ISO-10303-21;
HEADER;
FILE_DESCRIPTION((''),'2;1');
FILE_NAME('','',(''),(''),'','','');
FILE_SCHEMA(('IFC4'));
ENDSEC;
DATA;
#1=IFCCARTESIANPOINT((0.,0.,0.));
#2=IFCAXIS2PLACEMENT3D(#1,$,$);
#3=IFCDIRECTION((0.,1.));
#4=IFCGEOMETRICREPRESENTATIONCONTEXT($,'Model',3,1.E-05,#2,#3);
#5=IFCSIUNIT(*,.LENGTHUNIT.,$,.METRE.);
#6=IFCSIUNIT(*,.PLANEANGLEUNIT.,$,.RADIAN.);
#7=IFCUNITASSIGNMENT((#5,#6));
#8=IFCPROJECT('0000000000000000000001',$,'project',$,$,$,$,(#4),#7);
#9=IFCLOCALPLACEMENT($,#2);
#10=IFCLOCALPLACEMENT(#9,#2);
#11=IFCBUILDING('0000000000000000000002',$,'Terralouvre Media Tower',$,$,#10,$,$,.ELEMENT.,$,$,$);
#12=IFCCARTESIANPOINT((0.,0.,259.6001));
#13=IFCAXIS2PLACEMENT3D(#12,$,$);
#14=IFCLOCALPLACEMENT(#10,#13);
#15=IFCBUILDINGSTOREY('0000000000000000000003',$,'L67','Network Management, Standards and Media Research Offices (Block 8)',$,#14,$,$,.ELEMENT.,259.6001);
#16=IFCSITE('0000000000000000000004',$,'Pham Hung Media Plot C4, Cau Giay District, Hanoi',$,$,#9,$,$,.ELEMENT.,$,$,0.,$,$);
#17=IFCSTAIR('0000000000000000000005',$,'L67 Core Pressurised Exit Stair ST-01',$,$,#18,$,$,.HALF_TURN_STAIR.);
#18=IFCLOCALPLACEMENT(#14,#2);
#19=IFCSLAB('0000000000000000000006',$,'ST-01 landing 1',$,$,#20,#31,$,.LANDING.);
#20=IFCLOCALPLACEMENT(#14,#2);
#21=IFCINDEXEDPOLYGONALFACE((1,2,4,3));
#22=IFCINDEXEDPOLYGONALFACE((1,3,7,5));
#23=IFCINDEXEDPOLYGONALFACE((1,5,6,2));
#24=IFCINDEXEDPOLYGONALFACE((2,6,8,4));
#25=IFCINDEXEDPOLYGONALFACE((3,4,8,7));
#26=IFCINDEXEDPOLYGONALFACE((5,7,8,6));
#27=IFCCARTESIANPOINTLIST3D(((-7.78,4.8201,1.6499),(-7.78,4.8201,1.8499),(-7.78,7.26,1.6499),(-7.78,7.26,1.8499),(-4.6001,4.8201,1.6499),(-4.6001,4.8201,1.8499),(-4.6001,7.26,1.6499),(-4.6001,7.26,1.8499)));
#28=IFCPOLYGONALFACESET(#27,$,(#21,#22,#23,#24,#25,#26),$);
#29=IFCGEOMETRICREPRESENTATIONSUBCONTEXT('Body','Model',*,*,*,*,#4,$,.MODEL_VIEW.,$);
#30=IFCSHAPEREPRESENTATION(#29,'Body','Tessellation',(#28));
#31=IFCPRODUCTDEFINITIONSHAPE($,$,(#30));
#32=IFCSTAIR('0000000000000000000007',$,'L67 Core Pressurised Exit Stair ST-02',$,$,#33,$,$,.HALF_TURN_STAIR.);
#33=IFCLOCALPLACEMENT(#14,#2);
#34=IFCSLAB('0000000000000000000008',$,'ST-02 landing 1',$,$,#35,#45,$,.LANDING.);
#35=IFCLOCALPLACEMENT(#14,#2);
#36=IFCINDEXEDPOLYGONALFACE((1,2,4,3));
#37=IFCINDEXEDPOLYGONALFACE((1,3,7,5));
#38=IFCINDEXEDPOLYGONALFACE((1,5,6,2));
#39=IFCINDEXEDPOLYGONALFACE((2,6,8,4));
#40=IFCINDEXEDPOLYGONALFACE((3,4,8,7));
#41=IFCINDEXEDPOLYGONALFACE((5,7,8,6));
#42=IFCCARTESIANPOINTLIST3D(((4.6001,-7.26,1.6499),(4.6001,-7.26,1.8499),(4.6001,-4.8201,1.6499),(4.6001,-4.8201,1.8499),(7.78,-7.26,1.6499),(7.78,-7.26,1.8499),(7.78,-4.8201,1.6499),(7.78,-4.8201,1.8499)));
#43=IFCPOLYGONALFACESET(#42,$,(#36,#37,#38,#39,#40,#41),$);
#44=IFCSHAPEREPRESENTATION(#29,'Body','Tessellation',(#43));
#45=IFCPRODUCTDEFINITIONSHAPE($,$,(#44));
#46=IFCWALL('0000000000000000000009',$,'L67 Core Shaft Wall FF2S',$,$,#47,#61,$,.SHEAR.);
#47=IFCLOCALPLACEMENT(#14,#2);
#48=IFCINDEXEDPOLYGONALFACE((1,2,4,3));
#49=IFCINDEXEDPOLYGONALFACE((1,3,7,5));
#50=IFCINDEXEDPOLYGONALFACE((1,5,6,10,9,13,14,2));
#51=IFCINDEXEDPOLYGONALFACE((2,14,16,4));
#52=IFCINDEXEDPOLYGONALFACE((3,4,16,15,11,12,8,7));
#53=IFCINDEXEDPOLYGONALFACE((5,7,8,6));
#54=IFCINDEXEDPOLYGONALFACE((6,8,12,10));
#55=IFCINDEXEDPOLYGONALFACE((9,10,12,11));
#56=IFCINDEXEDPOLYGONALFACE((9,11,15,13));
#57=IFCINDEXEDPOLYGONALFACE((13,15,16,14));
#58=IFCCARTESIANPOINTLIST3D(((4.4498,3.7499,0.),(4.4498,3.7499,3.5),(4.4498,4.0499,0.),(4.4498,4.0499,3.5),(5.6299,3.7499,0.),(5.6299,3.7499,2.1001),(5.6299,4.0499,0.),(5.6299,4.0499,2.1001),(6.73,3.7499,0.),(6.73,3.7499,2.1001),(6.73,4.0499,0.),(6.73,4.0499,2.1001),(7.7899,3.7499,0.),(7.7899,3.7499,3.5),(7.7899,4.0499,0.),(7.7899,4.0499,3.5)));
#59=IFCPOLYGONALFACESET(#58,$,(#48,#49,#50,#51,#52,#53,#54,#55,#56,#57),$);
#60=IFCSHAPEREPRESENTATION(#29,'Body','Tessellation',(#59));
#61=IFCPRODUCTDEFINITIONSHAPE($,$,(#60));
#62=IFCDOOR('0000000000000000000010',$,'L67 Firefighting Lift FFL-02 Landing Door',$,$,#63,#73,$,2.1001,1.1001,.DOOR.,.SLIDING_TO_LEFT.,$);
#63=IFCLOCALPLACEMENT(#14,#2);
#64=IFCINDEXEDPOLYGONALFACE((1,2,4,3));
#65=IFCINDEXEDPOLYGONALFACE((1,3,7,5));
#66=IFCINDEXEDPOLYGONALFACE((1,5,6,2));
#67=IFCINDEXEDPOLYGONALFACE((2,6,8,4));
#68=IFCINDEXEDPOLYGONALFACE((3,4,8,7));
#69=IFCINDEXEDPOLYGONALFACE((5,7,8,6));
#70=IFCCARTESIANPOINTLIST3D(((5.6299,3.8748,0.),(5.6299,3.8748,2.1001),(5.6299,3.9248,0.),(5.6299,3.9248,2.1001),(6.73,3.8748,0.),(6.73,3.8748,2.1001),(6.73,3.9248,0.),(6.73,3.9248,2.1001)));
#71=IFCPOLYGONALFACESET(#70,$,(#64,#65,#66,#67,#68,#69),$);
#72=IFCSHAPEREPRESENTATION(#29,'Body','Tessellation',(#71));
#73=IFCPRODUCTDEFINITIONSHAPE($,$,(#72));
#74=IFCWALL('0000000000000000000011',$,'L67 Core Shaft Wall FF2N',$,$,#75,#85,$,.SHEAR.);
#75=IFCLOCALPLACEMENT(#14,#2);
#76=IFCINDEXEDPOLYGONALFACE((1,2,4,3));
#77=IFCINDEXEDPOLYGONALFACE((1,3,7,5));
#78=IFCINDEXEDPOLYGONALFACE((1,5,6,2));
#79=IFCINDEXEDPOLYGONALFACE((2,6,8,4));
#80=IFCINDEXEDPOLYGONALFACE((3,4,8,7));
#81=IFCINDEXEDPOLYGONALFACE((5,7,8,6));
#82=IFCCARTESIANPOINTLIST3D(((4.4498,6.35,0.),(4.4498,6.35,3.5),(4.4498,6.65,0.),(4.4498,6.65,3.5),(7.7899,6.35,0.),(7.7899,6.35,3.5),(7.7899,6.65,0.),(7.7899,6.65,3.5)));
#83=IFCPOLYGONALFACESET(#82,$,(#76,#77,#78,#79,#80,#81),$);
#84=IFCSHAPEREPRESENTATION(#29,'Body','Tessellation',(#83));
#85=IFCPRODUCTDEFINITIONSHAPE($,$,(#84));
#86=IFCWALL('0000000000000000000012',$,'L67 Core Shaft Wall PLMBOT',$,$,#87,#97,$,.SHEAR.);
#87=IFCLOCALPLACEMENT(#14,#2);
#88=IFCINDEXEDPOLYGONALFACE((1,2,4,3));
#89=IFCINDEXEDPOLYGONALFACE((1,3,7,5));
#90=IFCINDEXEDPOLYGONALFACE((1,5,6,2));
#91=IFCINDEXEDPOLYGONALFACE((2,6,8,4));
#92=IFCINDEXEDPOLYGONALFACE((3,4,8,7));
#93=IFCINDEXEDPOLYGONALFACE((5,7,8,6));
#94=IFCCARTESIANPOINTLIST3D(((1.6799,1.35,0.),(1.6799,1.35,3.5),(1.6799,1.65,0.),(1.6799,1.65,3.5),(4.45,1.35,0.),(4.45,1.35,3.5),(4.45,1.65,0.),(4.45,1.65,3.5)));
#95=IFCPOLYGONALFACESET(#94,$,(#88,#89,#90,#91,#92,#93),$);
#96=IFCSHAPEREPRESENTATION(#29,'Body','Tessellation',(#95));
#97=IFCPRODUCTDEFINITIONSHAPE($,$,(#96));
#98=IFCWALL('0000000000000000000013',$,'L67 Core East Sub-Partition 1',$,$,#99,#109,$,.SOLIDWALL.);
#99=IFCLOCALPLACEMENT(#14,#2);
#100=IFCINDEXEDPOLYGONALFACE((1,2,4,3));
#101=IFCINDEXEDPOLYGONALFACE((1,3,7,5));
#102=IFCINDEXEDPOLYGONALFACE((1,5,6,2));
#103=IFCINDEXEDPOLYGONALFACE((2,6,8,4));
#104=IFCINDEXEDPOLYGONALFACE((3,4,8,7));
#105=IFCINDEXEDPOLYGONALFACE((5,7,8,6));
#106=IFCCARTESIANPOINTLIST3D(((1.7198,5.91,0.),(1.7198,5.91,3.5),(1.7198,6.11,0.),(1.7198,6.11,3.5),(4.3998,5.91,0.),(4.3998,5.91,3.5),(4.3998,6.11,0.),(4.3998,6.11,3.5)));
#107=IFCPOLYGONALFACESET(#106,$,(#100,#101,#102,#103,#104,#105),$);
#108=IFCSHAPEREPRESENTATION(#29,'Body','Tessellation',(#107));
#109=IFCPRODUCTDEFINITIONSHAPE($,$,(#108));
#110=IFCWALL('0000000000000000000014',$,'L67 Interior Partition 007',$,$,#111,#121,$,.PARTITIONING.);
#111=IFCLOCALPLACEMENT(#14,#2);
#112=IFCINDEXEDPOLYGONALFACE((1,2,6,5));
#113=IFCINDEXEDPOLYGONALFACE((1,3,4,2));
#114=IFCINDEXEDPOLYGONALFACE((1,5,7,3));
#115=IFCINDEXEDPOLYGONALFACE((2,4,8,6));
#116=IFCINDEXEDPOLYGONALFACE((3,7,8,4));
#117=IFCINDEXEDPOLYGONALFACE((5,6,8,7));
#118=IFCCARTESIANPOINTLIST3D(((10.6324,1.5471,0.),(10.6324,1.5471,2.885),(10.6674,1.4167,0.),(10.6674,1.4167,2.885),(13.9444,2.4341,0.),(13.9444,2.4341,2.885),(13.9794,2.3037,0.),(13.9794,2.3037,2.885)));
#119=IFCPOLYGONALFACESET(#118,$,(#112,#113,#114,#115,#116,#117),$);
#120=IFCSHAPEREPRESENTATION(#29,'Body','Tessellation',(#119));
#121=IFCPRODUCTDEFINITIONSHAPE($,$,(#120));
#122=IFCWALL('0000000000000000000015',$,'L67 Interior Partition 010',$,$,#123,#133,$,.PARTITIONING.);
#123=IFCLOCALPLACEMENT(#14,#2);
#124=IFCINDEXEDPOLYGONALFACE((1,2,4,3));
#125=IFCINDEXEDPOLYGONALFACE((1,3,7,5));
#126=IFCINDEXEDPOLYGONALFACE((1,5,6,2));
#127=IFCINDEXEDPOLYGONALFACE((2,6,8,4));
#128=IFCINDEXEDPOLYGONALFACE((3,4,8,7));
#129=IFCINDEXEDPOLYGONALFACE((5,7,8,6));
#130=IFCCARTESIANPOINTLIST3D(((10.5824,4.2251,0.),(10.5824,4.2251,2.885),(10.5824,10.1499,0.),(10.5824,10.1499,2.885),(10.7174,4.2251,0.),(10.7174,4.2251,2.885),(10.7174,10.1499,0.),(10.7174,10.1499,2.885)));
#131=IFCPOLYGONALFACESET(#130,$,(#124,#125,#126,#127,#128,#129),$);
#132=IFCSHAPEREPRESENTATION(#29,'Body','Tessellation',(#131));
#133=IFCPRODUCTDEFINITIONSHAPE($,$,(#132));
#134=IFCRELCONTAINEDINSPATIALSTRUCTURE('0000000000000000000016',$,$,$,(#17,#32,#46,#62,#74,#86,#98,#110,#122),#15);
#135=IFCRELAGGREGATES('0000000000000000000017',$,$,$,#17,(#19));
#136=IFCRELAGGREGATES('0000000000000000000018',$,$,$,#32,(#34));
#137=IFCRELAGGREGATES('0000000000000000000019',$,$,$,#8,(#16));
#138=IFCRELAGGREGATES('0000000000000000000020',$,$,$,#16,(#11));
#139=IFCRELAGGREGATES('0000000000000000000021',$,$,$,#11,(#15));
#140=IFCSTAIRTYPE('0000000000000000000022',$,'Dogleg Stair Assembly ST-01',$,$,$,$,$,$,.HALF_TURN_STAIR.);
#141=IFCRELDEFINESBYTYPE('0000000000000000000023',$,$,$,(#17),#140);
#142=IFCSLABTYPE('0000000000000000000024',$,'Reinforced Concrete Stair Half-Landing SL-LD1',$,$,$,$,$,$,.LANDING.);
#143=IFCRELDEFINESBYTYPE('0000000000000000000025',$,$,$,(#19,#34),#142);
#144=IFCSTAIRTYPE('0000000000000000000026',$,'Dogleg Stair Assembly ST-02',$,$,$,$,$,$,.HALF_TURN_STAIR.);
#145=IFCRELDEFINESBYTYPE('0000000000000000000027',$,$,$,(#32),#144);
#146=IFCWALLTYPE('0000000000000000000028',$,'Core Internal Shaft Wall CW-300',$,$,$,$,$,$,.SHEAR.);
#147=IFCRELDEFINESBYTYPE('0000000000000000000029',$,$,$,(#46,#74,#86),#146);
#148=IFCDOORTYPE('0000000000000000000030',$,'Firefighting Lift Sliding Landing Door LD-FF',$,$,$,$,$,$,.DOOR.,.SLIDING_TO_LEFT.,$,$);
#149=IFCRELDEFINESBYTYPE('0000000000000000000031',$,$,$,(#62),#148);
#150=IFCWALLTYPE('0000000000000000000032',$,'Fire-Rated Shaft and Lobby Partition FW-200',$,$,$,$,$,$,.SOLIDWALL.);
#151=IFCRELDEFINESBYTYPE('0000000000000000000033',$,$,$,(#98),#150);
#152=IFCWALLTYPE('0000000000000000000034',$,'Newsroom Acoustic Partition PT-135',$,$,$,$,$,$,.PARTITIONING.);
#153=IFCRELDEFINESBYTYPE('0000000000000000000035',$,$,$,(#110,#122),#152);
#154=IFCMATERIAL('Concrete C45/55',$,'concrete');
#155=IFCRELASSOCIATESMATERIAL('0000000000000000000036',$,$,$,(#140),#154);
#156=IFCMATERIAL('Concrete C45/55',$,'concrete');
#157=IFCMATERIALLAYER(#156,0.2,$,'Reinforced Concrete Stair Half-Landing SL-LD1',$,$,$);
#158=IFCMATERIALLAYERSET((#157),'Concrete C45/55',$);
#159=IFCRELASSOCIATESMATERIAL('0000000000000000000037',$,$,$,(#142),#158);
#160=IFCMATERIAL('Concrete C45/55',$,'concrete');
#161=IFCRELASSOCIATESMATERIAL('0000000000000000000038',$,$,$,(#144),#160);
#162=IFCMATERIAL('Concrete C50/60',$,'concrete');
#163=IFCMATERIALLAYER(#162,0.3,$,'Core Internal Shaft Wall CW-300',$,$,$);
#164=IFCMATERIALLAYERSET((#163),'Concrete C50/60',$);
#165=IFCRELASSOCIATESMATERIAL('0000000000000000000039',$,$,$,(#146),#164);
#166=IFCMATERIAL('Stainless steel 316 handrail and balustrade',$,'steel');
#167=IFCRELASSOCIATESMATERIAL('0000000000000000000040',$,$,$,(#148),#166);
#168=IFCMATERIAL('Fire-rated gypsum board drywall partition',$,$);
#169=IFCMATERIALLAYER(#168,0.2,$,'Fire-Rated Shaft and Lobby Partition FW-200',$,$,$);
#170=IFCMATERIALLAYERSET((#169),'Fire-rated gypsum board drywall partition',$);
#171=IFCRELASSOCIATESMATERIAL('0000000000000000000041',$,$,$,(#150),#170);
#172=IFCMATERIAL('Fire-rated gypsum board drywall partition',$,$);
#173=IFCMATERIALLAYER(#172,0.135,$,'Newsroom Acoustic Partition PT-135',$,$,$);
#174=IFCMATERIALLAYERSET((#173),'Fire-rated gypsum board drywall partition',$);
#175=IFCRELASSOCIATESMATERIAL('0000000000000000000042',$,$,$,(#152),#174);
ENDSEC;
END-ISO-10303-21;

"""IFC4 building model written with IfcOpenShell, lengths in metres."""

from ifc_helpers import new_model, si_unit, direction, frame, frame_2d, origin, place, context, subcontext, project, spatial, polyline, rectangle, outline, extrude, material, layer, layer_set, type_object, element, fill, aggregate, save


model = new_model("IFC4")

# Units and contexts
model_context = context("Model", 3, precision=1e-05, world=origin(), true_north=direction((0.0, 1.0)))
body_context = subcontext(model_context, "Body", "Model", "MODEL_VIEW")
ifc_project = project(units=[si_unit("LENGTHUNIT", "METRE"), si_unit("PLANEANGLEUNIT", "RADIAN")], contexts=[model_context])

# Site, building, storey
site_placement = place(None, origin())
site = spatial("IfcSite", under=ifc_project, at=site_placement, Name="Pham Hung Media Plot C4, Cau Giay District, Hanoi", CompositionType="ELEMENT", RefElevation=0.0)
building_placement = place(site_placement, origin())
building = spatial("IfcBuilding", under=site, at=building_placement, Name="Terralouvre Media Tower", CompositionType="ELEMENT")
storey_placement = place(building_placement, frame((0.0, 0.0, 259.6001)))
storey = spatial("IfcBuildingStorey", under=building, at=storey_placement, Name="L67", Description="Network Management, Standards and Media Research Offices (Block 8)", CompositionType="ELEMENT", Elevation=259.6001)

# Stairs, slabs
ifc_material_1 = material(Name="Concrete C45/55", Category="concrete")
stair_type_1 = type_object("IfcStairType", Name="Dogleg Stair Assembly ST-01", PredefinedType="HALF_TURN_STAIR", material=ifc_material_1)
stair_1_placement = place(storey_placement, origin())
stair_1 = element("IfcStair", 1, at=stair_1_placement, inside=storey, type_object=stair_type_1, Name="L67 Core Pressurised Exit Stair ST-01", PredefinedType="HALF_TURN_STAIR")
ifc_material_2 = material(Name="Concrete C45/55", Category="concrete")
ifc_layer_1 = layer(ifc_material_2, 0.2, Name="Reinforced Concrete Stair Half-Landing SL-LD1")
ifc_layer_set_1 = layer_set([ifc_layer_1], Name="Concrete C45/55")
slab_type = type_object("IfcSlabType", Name="Reinforced Concrete Stair Half-Landing SL-LD1", PredefinedType="LANDING", material=ifc_layer_set_1)
slab_1_placement = place(storey_placement, frame((0.0, 0.0, 1.6499)))
slab_1 = element("IfcSlab", 2, at=slab_1_placement, type_object=slab_type, Name="ST-01 landing 1", PredefinedType="LANDING", context=body_context, shape_type="SweptSolid", body=[
    extrude(outline(polyline([(-4.6001, 4.8201), (-4.6001, 7.26), (-7.78, 7.26), (-7.78, 4.8201), (-4.6001, 4.8201)])), origin(), (0.0, 0.0, 1.0), 0.2),
])
aggregate(stair_1, [slab_1])
ifc_material_3 = material(Name="Concrete C45/55", Category="concrete")
stair_type_2 = type_object("IfcStairType", Name="Dogleg Stair Assembly ST-02", PredefinedType="HALF_TURN_STAIR", material=ifc_material_3)
stair_2_placement = place(storey_placement, origin())
stair_2 = element("IfcStair", 3, at=stair_2_placement, inside=storey, type_object=stair_type_2, Name="L67 Core Pressurised Exit Stair ST-02", PredefinedType="HALF_TURN_STAIR")
slab_2_placement = place(storey_placement, frame((0.0, 0.0, 1.6499)))
slab_2 = element("IfcSlab", 4, at=slab_2_placement, type_object=slab_type, Name="ST-02 landing 1", PredefinedType="LANDING", context=body_context, shape_type="SweptSolid", body=[
    extrude(outline(polyline([(4.6001, -4.8201), (4.6001, -7.26), (7.78, -7.26), (7.78, -4.8201), (4.6001, -4.8201)])), origin(), (0.0, 0.0, 1.0), 0.2),
])
aggregate(stair_2, [slab_2])

# Wall, opening, door
ifc_material_4 = material(Name="Concrete C50/60", Category="concrete")
ifc_layer_2 = layer(ifc_material_4, 0.3, Name="Core Internal Shaft Wall CW-300")
ifc_layer_set_2 = layer_set([ifc_layer_2], Name="Concrete C50/60")
wall_type_1 = type_object("IfcWallType", Name="Core Internal Shaft Wall CW-300", PredefinedType="SHEAR", material=ifc_layer_set_2)
wall_1_placement = place(storey_placement, frame((4.45, 3.8999, 0.0), z_axis=(0.0, 0.0, 1.0), x_axis=(1.0, 0.0, 0.0)))
wall_1 = element("IfcWall", 5, at=wall_1_placement, inside=storey, type_object=wall_type_1, Name="L67 Core Shaft Wall FF2S", PredefinedType="SHEAR", context=body_context, shape_type="SweptSolid", body=[
    extrude(rectangle(XDim=3.3401, YDim=0.3, at=frame_2d((1.6699, 0.0))), origin(), (0.0, 0.0, 1.0), 3.5),
])
opening_placement = place(wall_1_placement, frame((1.1799, 0.0, 0.0)))
opening = element("IfcOpeningElement", 6, at=opening_placement, cuts=wall_1, PredefinedType="OPENING", context=body_context, shape_type="SweptSolid", body=[
    extrude(rectangle(XDim=1.1001, YDim=2.1001, at=frame_2d((0.55, 1.05))), frame((0.0, 0.1599, 0.0), z_axis=(0.0, -1.0, 0.0), x_axis=(1.0, 0.0, 0.0)), (0.0, 0.0, 1.0), 0.3201),
])
ifc_material_5 = material(Name="Stainless steel 316 handrail and balustrade", Category="steel")
door_type = type_object("IfcDoorType", Name="Firefighting Lift Sliding Landing Door LD-FF", OperationType="SLIDING_TO_LEFT", PredefinedType="DOOR", material=ifc_material_5)
door_placement = place(opening_placement, origin())
door = element("IfcDoor", 7, at=door_placement, inside=storey, type_object=door_type, Name="L67 Firefighting Lift FFL-02 Landing Door", OperationType="SLIDING_TO_LEFT", OverallHeight=2.1001, OverallWidth=1.1001, PredefinedType="DOOR", context=body_context, shape_type="SweptSolid", body=[
    extrude(rectangle(XDim=1.1001, YDim=2.1001, at=frame_2d((0.55, 1.05))), frame((0.0, 0.0249, 0.0), z_axis=(0.0, -1.0, 0.0), x_axis=(1.0, 0.0, 0.0)), (0.0, 0.0, 1.0), 0.05),
])
fill(opening, door)

# Walls
wall_2_placement = place(storey_placement, frame((4.45, 6.5, 0.0), z_axis=(0.0, 0.0, 1.0), x_axis=(1.0, 0.0, 0.0)))
element("IfcWall", 8, at=wall_2_placement, inside=storey, type_object=wall_type_1, Name="L67 Core Shaft Wall FF2N", PredefinedType="SHEAR", context=body_context, shape_type="SweptSolid", body=[
    extrude(rectangle(XDim=3.3401, YDim=0.3, at=frame_2d((1.6699, 0.0))), origin(), (0.0, 0.0, 1.0), 3.5),
])
wall_3_placement = place(storey_placement, frame((1.6799, 1.5, 0.0), z_axis=(0.0, 0.0, 1.0), x_axis=(1.0, 0.0, 0.0)))
element("IfcWall", 9, at=wall_3_placement, inside=storey, type_object=wall_type_1, Name="L67 Core Shaft Wall PLMBOT", PredefinedType="SHEAR", context=body_context, shape_type="SweptSolid", body=[
    extrude(rectangle(XDim=2.77, YDim=0.3, at=frame_2d((1.385, 0.0))), origin(), (0.0, 0.0, 1.0), 3.5),
])
ifc_material_6 = material(Name="Fire-rated gypsum board drywall partition")
ifc_layer_3 = layer(ifc_material_6, 0.2, Name="Fire-Rated Shaft and Lobby Partition FW-200")
ifc_layer_set_3 = layer_set([ifc_layer_3], Name="Fire-rated gypsum board drywall partition")
wall_type_2 = type_object("IfcWallType", Name="Fire-Rated Shaft and Lobby Partition FW-200", PredefinedType="SOLIDWALL", material=ifc_layer_set_3)
wall_4_placement = place(storey_placement, frame((1.72, 6.01, 0.0), z_axis=(0.0, 0.0, 1.0), x_axis=(1.0, 0.0, 0.0)))
element("IfcWall", 10, at=wall_4_placement, inside=storey, type_object=wall_type_2, Name="L67 Core East Sub-Partition 1", PredefinedType="SOLIDWALL", context=body_context, shape_type="SweptSolid", body=[
    extrude(rectangle(XDim=2.6799, YDim=0.2, at=frame_2d((1.3398, 0.0))), origin(), (0.0, 0.0, 1.0), 3.5),
])
ifc_material_7 = material(Name="Fire-rated gypsum board drywall partition")
ifc_layer_4 = layer(ifc_material_7, 0.135, Name="Newsroom Acoustic Partition PT-135")
ifc_layer_set_4 = layer_set([ifc_layer_4], Name="Fire-rated gypsum board drywall partition")
wall_type_3 = type_object("IfcWallType", Name="Newsroom Acoustic Partition PT-135", PredefinedType="PARTITIONING", material=ifc_layer_set_4)
wall_5_placement = place(storey_placement, frame((10.6499, 1.4819, 0.0), z_axis=(0.0, 0.0, 1.0), x_axis=(0.965961, 0.258686, 0.0)))
element("IfcWall", 11, at=wall_5_placement, inside=storey, type_object=wall_type_3, Name="L67 Interior Partition 007", PredefinedType="PARTITIONING", context=body_context, shape_type="SweptSolid", body=[
    extrude(rectangle(XDim=3.4287, YDim=0.135, at=frame_2d((1.7144, 0.0))), origin(), (0.0, 0.0, 1.0), 2.885),
])
wall_6_placement = place(storey_placement, frame((10.6499, 4.2251, 0.0), z_axis=(0.0, 0.0, 1.0), x_axis=(0.0, 1.0, 0.0)))
element("IfcWall", 12, at=wall_6_placement, inside=storey, type_object=wall_type_3, Name="L67 Interior Partition 010", PredefinedType="PARTITIONING", context=body_context, shape_type="SweptSolid", body=[
    extrude(rectangle(XDim=5.9248, YDim=0.135, at=frame_2d((2.9624, 0.0))), origin(), (0.0, 0.0, 1.0), 2.885),
])

save(model, "model.ifc")
